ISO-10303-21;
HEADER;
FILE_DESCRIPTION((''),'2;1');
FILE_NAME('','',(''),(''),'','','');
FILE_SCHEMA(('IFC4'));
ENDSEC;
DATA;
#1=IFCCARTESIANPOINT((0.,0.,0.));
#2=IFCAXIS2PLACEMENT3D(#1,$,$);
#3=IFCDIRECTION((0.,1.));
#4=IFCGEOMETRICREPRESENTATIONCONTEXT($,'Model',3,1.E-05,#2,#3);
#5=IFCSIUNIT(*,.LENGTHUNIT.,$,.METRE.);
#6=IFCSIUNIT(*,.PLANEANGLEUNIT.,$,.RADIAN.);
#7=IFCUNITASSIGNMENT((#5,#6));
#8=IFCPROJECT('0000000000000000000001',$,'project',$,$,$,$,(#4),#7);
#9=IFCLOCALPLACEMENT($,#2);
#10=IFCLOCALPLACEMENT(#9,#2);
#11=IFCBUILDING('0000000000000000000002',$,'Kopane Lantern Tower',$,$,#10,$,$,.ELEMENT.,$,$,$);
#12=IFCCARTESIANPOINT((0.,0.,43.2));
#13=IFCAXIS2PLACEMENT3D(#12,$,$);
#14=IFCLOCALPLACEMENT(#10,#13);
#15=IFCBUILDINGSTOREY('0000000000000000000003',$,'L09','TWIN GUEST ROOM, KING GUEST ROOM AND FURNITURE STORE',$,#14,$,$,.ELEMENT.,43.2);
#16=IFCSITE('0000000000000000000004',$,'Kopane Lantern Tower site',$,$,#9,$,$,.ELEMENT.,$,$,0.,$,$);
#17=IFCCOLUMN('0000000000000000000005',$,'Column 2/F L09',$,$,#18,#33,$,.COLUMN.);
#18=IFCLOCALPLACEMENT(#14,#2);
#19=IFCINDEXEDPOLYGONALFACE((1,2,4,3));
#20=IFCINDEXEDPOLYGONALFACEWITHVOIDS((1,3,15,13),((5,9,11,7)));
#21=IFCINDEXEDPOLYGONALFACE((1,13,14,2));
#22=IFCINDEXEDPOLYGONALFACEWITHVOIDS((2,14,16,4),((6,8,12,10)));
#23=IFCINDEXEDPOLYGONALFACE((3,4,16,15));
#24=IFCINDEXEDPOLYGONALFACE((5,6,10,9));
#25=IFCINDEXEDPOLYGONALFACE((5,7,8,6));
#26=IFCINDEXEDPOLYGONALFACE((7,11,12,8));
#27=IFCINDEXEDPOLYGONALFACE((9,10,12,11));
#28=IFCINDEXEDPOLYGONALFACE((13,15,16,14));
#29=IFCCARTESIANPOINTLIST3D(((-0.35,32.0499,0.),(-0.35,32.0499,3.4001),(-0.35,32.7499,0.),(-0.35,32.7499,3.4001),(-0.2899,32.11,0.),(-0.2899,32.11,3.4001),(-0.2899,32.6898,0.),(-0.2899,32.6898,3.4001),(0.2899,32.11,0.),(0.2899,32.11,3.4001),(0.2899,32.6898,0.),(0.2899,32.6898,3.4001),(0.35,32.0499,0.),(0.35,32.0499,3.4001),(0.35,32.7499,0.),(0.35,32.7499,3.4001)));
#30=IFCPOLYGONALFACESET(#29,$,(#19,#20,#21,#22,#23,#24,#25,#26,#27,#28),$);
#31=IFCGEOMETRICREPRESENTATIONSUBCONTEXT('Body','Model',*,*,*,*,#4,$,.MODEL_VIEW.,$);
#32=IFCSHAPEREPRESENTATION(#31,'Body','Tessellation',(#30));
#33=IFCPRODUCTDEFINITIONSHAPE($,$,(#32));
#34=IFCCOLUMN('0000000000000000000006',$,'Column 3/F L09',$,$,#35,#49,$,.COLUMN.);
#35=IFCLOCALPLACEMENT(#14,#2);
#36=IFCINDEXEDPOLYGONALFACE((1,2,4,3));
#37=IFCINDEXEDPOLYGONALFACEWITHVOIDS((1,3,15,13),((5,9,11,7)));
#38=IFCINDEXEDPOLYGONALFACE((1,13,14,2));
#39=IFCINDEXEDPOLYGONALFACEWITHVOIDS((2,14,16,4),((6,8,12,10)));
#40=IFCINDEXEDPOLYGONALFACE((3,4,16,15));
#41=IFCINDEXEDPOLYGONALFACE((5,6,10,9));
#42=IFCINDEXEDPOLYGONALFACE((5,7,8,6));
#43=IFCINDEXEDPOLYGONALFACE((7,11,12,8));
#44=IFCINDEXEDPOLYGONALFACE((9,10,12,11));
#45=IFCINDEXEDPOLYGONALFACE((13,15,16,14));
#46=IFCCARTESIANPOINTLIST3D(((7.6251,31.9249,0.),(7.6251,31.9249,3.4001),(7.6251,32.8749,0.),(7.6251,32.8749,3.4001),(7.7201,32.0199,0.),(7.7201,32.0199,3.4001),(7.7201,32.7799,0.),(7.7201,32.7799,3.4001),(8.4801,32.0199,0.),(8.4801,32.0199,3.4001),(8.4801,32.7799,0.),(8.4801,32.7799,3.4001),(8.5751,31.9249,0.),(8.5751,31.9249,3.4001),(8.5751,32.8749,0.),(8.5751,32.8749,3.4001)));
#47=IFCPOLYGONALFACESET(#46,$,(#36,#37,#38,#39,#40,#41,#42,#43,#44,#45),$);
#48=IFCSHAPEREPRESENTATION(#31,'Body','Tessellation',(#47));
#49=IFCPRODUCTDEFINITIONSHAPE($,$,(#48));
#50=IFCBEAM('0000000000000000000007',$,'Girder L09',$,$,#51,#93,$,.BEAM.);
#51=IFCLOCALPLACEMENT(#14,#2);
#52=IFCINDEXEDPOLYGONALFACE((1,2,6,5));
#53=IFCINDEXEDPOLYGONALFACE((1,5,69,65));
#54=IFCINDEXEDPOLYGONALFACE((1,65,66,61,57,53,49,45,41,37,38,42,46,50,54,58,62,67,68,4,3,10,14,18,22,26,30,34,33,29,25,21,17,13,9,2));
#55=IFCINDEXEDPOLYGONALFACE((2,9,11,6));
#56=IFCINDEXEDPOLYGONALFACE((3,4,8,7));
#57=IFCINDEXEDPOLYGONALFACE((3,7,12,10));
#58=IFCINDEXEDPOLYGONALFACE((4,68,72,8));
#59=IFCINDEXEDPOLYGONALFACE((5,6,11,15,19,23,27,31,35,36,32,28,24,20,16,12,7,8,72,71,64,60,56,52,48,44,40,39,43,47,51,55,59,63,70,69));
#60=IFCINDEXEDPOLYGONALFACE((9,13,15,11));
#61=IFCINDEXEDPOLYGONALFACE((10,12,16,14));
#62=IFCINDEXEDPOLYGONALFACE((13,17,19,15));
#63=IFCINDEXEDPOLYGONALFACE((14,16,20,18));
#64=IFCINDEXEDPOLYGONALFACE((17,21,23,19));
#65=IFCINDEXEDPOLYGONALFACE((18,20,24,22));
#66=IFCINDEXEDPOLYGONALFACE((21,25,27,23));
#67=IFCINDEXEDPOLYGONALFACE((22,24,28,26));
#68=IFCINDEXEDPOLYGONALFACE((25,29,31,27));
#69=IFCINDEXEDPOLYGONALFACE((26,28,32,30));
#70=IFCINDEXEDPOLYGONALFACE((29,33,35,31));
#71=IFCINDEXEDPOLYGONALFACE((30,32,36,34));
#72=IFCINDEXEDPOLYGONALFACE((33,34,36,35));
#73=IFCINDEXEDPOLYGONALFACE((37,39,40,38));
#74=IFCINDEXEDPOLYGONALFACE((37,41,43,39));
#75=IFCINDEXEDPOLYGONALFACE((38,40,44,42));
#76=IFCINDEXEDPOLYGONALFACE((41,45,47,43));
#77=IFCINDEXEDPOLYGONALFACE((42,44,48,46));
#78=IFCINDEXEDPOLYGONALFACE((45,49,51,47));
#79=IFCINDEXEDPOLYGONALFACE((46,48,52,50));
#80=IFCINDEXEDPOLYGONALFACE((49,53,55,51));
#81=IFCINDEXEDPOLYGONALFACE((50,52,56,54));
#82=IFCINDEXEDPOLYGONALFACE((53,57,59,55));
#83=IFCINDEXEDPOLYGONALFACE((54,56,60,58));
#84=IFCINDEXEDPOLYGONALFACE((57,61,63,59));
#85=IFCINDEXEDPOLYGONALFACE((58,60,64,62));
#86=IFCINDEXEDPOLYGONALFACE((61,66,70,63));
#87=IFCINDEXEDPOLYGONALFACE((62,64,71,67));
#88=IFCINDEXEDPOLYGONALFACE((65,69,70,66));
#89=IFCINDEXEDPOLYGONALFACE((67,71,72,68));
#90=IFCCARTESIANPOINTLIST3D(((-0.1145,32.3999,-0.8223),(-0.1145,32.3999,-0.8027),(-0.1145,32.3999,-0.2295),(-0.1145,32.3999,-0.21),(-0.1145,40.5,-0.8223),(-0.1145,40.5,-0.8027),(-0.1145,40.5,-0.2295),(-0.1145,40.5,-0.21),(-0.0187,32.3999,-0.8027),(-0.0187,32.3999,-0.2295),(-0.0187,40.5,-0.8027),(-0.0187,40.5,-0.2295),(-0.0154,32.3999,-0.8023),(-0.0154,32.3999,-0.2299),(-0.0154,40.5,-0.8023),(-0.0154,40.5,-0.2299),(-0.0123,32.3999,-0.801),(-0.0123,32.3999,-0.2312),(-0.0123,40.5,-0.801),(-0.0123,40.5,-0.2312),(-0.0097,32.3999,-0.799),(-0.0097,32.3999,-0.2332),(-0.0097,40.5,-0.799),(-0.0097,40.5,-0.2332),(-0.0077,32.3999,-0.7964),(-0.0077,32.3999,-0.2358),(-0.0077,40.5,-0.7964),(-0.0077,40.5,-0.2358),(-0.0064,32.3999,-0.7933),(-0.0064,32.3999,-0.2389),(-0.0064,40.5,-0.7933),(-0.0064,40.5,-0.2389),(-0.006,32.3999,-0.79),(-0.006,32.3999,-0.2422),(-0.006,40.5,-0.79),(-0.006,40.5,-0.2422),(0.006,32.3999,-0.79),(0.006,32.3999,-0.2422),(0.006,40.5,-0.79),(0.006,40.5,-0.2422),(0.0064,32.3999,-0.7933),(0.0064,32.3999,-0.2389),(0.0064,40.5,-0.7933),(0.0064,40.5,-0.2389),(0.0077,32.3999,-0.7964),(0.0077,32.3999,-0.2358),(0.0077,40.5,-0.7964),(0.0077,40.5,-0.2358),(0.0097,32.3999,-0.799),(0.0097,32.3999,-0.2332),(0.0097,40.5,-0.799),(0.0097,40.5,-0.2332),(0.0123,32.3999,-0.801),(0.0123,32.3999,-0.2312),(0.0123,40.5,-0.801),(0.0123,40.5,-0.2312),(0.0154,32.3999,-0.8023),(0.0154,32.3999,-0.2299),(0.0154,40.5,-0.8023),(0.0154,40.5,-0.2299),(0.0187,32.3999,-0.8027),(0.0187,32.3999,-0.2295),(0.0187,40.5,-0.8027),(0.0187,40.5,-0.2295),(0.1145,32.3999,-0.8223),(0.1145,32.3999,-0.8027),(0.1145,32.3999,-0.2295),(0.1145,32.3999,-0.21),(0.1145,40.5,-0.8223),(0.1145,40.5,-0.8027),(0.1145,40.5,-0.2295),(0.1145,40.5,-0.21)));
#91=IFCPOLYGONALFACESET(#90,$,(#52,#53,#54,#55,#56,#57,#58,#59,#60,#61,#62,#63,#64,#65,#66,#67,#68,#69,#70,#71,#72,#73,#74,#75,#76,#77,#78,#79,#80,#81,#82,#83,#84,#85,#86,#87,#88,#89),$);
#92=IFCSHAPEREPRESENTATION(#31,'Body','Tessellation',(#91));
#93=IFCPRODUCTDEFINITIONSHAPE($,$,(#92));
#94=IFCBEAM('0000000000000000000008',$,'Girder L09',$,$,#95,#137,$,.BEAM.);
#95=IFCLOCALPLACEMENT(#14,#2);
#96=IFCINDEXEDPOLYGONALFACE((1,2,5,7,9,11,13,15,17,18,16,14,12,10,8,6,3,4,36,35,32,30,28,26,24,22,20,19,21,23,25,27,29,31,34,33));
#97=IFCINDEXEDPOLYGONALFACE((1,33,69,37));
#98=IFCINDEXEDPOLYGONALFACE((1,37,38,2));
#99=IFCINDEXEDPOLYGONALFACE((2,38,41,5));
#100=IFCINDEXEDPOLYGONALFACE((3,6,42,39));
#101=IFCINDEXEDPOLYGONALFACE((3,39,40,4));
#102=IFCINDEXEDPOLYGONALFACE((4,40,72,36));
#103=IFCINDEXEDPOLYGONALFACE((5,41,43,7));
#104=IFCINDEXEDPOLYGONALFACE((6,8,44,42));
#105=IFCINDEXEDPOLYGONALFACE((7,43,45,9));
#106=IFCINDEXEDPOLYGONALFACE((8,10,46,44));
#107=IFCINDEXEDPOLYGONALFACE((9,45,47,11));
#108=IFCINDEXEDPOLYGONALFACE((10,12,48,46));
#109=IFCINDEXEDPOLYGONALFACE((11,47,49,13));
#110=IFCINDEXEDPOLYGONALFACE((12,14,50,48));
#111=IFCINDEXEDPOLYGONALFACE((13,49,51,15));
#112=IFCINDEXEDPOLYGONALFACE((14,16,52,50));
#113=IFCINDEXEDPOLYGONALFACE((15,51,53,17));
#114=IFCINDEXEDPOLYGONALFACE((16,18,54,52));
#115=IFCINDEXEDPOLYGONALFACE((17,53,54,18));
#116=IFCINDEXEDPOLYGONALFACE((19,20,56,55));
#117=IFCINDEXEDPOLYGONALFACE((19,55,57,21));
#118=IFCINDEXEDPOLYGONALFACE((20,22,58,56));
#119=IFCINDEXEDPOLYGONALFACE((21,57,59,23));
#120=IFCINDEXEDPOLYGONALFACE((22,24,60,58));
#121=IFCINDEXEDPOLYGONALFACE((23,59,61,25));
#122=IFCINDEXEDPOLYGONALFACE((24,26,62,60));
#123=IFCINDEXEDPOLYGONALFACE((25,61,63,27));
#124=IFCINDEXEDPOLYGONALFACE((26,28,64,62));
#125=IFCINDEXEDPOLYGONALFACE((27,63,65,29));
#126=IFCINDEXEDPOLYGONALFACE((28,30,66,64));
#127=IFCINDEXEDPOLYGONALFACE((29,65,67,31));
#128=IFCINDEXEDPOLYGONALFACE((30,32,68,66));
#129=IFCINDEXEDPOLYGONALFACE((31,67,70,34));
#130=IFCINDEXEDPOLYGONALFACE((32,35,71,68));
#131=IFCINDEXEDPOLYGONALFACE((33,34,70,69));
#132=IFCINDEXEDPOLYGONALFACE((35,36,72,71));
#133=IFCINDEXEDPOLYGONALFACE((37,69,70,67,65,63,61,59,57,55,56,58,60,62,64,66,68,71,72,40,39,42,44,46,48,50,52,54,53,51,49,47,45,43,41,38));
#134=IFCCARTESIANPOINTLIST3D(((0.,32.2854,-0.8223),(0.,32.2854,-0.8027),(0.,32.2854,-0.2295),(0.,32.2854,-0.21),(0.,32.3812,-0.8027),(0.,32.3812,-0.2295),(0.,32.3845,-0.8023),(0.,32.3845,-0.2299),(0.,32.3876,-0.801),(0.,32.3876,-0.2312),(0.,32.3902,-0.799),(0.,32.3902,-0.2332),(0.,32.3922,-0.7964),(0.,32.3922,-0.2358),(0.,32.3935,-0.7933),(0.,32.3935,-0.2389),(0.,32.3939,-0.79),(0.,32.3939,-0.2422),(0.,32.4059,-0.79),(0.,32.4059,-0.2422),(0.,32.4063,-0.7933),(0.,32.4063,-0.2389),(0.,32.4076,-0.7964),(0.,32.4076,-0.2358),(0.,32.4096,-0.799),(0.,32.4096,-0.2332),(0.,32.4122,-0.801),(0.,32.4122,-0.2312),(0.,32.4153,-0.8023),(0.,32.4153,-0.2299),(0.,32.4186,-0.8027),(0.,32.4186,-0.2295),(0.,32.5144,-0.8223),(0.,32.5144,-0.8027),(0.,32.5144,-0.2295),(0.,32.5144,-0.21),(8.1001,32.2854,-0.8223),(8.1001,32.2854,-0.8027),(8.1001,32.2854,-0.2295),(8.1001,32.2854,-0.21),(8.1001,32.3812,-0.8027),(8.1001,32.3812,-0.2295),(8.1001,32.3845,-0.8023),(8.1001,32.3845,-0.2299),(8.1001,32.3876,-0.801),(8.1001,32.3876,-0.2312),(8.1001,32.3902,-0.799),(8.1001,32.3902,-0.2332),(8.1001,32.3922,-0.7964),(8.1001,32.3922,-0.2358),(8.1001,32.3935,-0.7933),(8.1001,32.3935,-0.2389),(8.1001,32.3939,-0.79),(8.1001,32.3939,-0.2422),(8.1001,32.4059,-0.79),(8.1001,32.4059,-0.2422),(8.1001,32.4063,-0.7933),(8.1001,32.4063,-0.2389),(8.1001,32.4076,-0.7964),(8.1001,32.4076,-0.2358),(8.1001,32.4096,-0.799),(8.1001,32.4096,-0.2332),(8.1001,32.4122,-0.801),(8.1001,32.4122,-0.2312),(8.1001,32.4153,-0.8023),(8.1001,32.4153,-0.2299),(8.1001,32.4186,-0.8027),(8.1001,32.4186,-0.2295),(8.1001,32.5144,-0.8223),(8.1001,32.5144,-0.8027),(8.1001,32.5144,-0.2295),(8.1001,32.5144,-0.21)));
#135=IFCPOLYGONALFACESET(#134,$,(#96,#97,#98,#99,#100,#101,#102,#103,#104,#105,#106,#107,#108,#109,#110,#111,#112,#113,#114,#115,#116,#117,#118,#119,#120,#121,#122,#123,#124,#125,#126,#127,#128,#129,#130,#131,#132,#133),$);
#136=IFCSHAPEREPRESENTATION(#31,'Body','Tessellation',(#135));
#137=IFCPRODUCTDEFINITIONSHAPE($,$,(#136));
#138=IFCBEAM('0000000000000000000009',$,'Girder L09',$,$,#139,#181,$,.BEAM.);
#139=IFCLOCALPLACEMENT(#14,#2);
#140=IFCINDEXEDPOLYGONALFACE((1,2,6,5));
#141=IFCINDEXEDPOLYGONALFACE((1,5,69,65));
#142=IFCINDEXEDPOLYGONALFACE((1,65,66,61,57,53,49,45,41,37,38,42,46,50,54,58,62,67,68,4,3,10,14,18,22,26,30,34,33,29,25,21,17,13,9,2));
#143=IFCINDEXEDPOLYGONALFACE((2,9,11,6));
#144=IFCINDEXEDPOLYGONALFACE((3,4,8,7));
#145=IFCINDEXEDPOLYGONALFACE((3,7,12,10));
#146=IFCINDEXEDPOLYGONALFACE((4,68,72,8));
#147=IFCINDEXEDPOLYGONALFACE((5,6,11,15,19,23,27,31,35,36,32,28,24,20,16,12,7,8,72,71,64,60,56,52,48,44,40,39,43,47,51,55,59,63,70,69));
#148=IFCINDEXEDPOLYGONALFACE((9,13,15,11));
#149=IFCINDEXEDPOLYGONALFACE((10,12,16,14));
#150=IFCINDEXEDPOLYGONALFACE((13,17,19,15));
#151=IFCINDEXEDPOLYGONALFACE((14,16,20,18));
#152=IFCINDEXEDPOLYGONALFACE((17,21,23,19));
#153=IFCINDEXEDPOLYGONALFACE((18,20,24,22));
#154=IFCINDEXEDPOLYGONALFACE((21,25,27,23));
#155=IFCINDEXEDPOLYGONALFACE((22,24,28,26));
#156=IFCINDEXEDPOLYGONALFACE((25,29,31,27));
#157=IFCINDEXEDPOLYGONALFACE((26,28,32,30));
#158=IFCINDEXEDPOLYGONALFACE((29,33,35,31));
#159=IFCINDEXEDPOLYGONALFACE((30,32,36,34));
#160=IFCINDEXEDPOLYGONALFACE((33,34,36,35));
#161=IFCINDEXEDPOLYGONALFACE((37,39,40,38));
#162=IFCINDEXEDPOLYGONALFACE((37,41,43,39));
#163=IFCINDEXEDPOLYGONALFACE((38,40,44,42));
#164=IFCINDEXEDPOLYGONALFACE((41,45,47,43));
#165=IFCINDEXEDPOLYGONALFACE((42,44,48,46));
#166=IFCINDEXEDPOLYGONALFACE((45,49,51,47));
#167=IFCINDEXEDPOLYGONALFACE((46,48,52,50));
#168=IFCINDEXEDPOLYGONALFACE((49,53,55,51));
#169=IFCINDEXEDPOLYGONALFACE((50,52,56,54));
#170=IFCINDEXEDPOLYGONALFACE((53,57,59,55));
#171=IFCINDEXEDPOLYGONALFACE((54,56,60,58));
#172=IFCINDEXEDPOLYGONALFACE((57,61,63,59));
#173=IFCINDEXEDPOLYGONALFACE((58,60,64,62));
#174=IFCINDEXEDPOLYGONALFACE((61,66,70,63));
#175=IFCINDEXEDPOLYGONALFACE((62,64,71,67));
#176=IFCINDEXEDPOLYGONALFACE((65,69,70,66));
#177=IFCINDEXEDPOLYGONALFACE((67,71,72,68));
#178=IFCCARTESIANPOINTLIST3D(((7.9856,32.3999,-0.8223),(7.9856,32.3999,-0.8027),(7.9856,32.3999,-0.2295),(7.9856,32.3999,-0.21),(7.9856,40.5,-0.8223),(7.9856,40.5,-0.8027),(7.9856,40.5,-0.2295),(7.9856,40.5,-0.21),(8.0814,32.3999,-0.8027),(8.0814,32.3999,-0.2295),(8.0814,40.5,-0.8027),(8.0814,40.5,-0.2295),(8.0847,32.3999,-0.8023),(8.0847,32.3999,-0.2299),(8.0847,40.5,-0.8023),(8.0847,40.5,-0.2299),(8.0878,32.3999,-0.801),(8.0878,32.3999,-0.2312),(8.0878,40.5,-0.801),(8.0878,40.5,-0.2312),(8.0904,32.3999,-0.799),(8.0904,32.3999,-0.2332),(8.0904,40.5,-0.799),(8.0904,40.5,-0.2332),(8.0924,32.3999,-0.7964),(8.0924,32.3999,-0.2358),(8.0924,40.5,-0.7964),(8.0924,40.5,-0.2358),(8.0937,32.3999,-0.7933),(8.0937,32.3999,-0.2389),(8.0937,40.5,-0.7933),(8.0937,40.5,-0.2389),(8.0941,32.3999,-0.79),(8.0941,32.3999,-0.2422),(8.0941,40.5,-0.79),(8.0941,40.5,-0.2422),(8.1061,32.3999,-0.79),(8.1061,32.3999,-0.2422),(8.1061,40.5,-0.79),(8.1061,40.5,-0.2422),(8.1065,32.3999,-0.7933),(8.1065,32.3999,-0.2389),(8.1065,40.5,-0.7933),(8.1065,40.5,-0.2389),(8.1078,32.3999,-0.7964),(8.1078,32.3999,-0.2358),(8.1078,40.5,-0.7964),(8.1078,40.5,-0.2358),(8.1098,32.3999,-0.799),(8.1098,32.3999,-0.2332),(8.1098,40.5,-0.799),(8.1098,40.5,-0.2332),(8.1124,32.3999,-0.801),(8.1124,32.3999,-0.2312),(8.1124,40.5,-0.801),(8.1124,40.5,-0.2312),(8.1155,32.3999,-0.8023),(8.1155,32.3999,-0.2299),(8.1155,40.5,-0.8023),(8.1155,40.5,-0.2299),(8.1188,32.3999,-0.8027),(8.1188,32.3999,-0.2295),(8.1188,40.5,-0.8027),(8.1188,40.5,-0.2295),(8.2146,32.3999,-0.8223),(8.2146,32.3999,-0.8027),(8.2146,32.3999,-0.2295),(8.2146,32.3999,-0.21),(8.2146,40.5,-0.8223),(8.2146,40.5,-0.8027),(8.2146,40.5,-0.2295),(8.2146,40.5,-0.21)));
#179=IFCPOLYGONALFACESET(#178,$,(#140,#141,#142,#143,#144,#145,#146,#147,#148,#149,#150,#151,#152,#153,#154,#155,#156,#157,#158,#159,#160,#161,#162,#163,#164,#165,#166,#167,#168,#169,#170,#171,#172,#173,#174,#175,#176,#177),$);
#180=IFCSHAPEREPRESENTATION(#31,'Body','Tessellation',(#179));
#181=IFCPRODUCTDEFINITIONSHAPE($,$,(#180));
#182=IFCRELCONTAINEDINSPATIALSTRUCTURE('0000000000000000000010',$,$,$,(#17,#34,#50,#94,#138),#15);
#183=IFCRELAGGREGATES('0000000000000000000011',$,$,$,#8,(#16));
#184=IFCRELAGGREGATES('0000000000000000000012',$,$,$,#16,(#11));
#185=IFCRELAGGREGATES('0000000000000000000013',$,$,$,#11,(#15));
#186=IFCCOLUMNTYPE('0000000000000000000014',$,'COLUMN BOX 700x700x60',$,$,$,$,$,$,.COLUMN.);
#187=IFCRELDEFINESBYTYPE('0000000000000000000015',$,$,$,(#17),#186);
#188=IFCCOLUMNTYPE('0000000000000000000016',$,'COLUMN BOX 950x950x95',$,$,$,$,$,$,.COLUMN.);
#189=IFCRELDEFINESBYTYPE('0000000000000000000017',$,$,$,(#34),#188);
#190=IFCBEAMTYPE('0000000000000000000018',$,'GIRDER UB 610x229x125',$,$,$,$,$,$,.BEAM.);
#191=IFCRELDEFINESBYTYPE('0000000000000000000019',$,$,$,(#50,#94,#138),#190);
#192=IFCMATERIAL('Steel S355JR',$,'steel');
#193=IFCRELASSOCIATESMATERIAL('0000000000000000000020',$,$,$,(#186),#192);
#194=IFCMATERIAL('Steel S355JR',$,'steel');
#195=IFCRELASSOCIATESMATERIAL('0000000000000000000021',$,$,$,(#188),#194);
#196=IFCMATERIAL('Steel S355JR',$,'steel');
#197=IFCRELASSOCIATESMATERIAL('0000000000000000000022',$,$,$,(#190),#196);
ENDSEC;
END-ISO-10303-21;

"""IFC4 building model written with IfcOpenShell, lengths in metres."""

from ifc_helpers import new_model, si_unit, direction, frame, origin, origin_2d, place, context, subcontext, project, spatial, hollow_rectangle, i_section, extrude, material, material_profile, profile_set, type_object, element, save


model = new_model("IFC4")

# Units and contexts
model_context = context("Model", 3, precision=1e-05, world=origin(), true_north=direction((0.0, 1.0)))
body_context = subcontext(model_context, "Body", "Model", "MODEL_VIEW")
ifc_project = project(units=[si_unit("LENGTHUNIT", "METRE"), si_unit("PLANEANGLEUNIT", "RADIAN")], contexts=[model_context])

# Site, building, storey
site_placement = place(None, origin())
site = spatial("IfcSite", under=ifc_project, at=site_placement, Name="Kopane Lantern Tower site", CompositionType="ELEMENT", RefElevation=0.0)
building_placement = place(site_placement, origin())
building = spatial("IfcBuilding", under=site, at=building_placement, Name="Kopane Lantern Tower", CompositionType="ELEMENT")
storey_placement = place(building_placement, frame((0.0, 0.0, 43.2)))
storey = spatial("IfcBuildingStorey", under=building, at=storey_placement, Name="L09", Description="TWIN GUEST ROOM, KING GUEST ROOM AND FURNITURE STORE", CompositionType="ELEMENT", Elevation=43.2)

# Columns
ifc_material_1 = material(Name="Steel S355JR", Category="steel")
ifc_material_profile_1 = material_profile(ifc_material_1, hollow_rectangle(XDim=0.7, YDim=0.7, WallThickness=0.0601, at=origin_2d()), Name="BOX 700x700x60")
ifc_profile_set_1 = profile_set([ifc_material_profile_1], Name="Steel S355JR")
column_type_1 = type_object("IfcColumnType", Name="COLUMN BOX 700x700x60", PredefinedType="COLUMN", material=ifc_profile_set_1)
column_1_placement = place(storey_placement, frame((0.0, 32.3999, 0.0), z_axis=(0.0, 0.0, 1.0), x_axis=(1.0, 0.0, 0.0)))
element("IfcColumn", 1, at=column_1_placement, inside=storey, type_object=column_type_1, Name="Column 2/F L09", PredefinedType="COLUMN", context=body_context, shape_type="SweptSolid", body=[
    extrude(hollow_rectangle(XDim=0.7, YDim=0.7, WallThickness=0.0601, at=origin_2d()), origin(), (0.0, 0.0, 1.0), 3.4001),
])
ifc_material_2 = material(Name="Steel S355JR", Category="steel")
ifc_material_profile_2 = material_profile(ifc_material_2, hollow_rectangle(XDim=0.95, YDim=0.95, WallThickness=0.095, at=origin_2d()), Name="BOX 950x950x95")
ifc_profile_set_2 = profile_set([ifc_material_profile_2], Name="Steel S355JR")
column_type_2 = type_object("IfcColumnType", Name="COLUMN BOX 950x950x95", PredefinedType="COLUMN", material=ifc_profile_set_2)
column_2_placement = place(storey_placement, frame((8.1001, 32.3999, 0.0), z_axis=(0.0, 0.0, 1.0), x_axis=(1.0, 0.0, 0.0)))
element("IfcColumn", 2, at=column_2_placement, inside=storey, type_object=column_type_2, Name="Column 3/F L09", PredefinedType="COLUMN", context=body_context, shape_type="SweptSolid", body=[
    extrude(hollow_rectangle(XDim=0.95, YDim=0.95, WallThickness=0.095, at=origin_2d()), origin(), (0.0, 0.0, 1.0), 3.4001),
])

# Beams
ifc_material_3 = material(Name="Steel S355JR", Category="steel")
ifc_material_profile_3 = material_profile(ifc_material_3, i_section(OverallWidth=0.229, OverallDepth=0.6123, WebThickness=0.012, FlangeThickness=0.0195, FilletRadius=0.0127, at=origin_2d()), Name="UB 610x229x125")
ifc_profile_set_3 = profile_set([ifc_material_profile_3], Name="Steel S355JR")
beam_type = type_object("IfcBeamType", Name="GIRDER UB 610x229x125", PredefinedType="BEAM", material=ifc_profile_set_3)
for number, where, z_axis, x_axis, name in (
    (3, (0.0, 32.3999, -0.5161), (0.0, 1.0, 0.0), (-1.0, 0.0, 0.0), "Girder L09"),
    (4, (0.0, 32.3999, -0.5161), (1.0, 0.0, 0.0), (0.0, 1.0, 0.0), "Girder L09"),
    (5, (8.1001, 32.3999, -0.5161), (0.0, 1.0, 0.0), (-1.0, 0.0, 0.0), "Girder L09"),
):
    element("IfcBeam", number, at=place(storey_placement, frame(where, z_axis=z_axis, x_axis=x_axis)), inside=storey, type_object=beam_type, Name=name, PredefinedType="BEAM", context=body_context, shape_type="SweptSolid", body=[
        extrude(i_section(OverallWidth=0.229, OverallDepth=0.6123, WebThickness=0.012, FlangeThickness=0.0195, FilletRadius=0.0127, at=origin_2d()), origin(), (0.0, 0.0, 1.0), 8.1001),
    ])

save(model, "model.ifc")
